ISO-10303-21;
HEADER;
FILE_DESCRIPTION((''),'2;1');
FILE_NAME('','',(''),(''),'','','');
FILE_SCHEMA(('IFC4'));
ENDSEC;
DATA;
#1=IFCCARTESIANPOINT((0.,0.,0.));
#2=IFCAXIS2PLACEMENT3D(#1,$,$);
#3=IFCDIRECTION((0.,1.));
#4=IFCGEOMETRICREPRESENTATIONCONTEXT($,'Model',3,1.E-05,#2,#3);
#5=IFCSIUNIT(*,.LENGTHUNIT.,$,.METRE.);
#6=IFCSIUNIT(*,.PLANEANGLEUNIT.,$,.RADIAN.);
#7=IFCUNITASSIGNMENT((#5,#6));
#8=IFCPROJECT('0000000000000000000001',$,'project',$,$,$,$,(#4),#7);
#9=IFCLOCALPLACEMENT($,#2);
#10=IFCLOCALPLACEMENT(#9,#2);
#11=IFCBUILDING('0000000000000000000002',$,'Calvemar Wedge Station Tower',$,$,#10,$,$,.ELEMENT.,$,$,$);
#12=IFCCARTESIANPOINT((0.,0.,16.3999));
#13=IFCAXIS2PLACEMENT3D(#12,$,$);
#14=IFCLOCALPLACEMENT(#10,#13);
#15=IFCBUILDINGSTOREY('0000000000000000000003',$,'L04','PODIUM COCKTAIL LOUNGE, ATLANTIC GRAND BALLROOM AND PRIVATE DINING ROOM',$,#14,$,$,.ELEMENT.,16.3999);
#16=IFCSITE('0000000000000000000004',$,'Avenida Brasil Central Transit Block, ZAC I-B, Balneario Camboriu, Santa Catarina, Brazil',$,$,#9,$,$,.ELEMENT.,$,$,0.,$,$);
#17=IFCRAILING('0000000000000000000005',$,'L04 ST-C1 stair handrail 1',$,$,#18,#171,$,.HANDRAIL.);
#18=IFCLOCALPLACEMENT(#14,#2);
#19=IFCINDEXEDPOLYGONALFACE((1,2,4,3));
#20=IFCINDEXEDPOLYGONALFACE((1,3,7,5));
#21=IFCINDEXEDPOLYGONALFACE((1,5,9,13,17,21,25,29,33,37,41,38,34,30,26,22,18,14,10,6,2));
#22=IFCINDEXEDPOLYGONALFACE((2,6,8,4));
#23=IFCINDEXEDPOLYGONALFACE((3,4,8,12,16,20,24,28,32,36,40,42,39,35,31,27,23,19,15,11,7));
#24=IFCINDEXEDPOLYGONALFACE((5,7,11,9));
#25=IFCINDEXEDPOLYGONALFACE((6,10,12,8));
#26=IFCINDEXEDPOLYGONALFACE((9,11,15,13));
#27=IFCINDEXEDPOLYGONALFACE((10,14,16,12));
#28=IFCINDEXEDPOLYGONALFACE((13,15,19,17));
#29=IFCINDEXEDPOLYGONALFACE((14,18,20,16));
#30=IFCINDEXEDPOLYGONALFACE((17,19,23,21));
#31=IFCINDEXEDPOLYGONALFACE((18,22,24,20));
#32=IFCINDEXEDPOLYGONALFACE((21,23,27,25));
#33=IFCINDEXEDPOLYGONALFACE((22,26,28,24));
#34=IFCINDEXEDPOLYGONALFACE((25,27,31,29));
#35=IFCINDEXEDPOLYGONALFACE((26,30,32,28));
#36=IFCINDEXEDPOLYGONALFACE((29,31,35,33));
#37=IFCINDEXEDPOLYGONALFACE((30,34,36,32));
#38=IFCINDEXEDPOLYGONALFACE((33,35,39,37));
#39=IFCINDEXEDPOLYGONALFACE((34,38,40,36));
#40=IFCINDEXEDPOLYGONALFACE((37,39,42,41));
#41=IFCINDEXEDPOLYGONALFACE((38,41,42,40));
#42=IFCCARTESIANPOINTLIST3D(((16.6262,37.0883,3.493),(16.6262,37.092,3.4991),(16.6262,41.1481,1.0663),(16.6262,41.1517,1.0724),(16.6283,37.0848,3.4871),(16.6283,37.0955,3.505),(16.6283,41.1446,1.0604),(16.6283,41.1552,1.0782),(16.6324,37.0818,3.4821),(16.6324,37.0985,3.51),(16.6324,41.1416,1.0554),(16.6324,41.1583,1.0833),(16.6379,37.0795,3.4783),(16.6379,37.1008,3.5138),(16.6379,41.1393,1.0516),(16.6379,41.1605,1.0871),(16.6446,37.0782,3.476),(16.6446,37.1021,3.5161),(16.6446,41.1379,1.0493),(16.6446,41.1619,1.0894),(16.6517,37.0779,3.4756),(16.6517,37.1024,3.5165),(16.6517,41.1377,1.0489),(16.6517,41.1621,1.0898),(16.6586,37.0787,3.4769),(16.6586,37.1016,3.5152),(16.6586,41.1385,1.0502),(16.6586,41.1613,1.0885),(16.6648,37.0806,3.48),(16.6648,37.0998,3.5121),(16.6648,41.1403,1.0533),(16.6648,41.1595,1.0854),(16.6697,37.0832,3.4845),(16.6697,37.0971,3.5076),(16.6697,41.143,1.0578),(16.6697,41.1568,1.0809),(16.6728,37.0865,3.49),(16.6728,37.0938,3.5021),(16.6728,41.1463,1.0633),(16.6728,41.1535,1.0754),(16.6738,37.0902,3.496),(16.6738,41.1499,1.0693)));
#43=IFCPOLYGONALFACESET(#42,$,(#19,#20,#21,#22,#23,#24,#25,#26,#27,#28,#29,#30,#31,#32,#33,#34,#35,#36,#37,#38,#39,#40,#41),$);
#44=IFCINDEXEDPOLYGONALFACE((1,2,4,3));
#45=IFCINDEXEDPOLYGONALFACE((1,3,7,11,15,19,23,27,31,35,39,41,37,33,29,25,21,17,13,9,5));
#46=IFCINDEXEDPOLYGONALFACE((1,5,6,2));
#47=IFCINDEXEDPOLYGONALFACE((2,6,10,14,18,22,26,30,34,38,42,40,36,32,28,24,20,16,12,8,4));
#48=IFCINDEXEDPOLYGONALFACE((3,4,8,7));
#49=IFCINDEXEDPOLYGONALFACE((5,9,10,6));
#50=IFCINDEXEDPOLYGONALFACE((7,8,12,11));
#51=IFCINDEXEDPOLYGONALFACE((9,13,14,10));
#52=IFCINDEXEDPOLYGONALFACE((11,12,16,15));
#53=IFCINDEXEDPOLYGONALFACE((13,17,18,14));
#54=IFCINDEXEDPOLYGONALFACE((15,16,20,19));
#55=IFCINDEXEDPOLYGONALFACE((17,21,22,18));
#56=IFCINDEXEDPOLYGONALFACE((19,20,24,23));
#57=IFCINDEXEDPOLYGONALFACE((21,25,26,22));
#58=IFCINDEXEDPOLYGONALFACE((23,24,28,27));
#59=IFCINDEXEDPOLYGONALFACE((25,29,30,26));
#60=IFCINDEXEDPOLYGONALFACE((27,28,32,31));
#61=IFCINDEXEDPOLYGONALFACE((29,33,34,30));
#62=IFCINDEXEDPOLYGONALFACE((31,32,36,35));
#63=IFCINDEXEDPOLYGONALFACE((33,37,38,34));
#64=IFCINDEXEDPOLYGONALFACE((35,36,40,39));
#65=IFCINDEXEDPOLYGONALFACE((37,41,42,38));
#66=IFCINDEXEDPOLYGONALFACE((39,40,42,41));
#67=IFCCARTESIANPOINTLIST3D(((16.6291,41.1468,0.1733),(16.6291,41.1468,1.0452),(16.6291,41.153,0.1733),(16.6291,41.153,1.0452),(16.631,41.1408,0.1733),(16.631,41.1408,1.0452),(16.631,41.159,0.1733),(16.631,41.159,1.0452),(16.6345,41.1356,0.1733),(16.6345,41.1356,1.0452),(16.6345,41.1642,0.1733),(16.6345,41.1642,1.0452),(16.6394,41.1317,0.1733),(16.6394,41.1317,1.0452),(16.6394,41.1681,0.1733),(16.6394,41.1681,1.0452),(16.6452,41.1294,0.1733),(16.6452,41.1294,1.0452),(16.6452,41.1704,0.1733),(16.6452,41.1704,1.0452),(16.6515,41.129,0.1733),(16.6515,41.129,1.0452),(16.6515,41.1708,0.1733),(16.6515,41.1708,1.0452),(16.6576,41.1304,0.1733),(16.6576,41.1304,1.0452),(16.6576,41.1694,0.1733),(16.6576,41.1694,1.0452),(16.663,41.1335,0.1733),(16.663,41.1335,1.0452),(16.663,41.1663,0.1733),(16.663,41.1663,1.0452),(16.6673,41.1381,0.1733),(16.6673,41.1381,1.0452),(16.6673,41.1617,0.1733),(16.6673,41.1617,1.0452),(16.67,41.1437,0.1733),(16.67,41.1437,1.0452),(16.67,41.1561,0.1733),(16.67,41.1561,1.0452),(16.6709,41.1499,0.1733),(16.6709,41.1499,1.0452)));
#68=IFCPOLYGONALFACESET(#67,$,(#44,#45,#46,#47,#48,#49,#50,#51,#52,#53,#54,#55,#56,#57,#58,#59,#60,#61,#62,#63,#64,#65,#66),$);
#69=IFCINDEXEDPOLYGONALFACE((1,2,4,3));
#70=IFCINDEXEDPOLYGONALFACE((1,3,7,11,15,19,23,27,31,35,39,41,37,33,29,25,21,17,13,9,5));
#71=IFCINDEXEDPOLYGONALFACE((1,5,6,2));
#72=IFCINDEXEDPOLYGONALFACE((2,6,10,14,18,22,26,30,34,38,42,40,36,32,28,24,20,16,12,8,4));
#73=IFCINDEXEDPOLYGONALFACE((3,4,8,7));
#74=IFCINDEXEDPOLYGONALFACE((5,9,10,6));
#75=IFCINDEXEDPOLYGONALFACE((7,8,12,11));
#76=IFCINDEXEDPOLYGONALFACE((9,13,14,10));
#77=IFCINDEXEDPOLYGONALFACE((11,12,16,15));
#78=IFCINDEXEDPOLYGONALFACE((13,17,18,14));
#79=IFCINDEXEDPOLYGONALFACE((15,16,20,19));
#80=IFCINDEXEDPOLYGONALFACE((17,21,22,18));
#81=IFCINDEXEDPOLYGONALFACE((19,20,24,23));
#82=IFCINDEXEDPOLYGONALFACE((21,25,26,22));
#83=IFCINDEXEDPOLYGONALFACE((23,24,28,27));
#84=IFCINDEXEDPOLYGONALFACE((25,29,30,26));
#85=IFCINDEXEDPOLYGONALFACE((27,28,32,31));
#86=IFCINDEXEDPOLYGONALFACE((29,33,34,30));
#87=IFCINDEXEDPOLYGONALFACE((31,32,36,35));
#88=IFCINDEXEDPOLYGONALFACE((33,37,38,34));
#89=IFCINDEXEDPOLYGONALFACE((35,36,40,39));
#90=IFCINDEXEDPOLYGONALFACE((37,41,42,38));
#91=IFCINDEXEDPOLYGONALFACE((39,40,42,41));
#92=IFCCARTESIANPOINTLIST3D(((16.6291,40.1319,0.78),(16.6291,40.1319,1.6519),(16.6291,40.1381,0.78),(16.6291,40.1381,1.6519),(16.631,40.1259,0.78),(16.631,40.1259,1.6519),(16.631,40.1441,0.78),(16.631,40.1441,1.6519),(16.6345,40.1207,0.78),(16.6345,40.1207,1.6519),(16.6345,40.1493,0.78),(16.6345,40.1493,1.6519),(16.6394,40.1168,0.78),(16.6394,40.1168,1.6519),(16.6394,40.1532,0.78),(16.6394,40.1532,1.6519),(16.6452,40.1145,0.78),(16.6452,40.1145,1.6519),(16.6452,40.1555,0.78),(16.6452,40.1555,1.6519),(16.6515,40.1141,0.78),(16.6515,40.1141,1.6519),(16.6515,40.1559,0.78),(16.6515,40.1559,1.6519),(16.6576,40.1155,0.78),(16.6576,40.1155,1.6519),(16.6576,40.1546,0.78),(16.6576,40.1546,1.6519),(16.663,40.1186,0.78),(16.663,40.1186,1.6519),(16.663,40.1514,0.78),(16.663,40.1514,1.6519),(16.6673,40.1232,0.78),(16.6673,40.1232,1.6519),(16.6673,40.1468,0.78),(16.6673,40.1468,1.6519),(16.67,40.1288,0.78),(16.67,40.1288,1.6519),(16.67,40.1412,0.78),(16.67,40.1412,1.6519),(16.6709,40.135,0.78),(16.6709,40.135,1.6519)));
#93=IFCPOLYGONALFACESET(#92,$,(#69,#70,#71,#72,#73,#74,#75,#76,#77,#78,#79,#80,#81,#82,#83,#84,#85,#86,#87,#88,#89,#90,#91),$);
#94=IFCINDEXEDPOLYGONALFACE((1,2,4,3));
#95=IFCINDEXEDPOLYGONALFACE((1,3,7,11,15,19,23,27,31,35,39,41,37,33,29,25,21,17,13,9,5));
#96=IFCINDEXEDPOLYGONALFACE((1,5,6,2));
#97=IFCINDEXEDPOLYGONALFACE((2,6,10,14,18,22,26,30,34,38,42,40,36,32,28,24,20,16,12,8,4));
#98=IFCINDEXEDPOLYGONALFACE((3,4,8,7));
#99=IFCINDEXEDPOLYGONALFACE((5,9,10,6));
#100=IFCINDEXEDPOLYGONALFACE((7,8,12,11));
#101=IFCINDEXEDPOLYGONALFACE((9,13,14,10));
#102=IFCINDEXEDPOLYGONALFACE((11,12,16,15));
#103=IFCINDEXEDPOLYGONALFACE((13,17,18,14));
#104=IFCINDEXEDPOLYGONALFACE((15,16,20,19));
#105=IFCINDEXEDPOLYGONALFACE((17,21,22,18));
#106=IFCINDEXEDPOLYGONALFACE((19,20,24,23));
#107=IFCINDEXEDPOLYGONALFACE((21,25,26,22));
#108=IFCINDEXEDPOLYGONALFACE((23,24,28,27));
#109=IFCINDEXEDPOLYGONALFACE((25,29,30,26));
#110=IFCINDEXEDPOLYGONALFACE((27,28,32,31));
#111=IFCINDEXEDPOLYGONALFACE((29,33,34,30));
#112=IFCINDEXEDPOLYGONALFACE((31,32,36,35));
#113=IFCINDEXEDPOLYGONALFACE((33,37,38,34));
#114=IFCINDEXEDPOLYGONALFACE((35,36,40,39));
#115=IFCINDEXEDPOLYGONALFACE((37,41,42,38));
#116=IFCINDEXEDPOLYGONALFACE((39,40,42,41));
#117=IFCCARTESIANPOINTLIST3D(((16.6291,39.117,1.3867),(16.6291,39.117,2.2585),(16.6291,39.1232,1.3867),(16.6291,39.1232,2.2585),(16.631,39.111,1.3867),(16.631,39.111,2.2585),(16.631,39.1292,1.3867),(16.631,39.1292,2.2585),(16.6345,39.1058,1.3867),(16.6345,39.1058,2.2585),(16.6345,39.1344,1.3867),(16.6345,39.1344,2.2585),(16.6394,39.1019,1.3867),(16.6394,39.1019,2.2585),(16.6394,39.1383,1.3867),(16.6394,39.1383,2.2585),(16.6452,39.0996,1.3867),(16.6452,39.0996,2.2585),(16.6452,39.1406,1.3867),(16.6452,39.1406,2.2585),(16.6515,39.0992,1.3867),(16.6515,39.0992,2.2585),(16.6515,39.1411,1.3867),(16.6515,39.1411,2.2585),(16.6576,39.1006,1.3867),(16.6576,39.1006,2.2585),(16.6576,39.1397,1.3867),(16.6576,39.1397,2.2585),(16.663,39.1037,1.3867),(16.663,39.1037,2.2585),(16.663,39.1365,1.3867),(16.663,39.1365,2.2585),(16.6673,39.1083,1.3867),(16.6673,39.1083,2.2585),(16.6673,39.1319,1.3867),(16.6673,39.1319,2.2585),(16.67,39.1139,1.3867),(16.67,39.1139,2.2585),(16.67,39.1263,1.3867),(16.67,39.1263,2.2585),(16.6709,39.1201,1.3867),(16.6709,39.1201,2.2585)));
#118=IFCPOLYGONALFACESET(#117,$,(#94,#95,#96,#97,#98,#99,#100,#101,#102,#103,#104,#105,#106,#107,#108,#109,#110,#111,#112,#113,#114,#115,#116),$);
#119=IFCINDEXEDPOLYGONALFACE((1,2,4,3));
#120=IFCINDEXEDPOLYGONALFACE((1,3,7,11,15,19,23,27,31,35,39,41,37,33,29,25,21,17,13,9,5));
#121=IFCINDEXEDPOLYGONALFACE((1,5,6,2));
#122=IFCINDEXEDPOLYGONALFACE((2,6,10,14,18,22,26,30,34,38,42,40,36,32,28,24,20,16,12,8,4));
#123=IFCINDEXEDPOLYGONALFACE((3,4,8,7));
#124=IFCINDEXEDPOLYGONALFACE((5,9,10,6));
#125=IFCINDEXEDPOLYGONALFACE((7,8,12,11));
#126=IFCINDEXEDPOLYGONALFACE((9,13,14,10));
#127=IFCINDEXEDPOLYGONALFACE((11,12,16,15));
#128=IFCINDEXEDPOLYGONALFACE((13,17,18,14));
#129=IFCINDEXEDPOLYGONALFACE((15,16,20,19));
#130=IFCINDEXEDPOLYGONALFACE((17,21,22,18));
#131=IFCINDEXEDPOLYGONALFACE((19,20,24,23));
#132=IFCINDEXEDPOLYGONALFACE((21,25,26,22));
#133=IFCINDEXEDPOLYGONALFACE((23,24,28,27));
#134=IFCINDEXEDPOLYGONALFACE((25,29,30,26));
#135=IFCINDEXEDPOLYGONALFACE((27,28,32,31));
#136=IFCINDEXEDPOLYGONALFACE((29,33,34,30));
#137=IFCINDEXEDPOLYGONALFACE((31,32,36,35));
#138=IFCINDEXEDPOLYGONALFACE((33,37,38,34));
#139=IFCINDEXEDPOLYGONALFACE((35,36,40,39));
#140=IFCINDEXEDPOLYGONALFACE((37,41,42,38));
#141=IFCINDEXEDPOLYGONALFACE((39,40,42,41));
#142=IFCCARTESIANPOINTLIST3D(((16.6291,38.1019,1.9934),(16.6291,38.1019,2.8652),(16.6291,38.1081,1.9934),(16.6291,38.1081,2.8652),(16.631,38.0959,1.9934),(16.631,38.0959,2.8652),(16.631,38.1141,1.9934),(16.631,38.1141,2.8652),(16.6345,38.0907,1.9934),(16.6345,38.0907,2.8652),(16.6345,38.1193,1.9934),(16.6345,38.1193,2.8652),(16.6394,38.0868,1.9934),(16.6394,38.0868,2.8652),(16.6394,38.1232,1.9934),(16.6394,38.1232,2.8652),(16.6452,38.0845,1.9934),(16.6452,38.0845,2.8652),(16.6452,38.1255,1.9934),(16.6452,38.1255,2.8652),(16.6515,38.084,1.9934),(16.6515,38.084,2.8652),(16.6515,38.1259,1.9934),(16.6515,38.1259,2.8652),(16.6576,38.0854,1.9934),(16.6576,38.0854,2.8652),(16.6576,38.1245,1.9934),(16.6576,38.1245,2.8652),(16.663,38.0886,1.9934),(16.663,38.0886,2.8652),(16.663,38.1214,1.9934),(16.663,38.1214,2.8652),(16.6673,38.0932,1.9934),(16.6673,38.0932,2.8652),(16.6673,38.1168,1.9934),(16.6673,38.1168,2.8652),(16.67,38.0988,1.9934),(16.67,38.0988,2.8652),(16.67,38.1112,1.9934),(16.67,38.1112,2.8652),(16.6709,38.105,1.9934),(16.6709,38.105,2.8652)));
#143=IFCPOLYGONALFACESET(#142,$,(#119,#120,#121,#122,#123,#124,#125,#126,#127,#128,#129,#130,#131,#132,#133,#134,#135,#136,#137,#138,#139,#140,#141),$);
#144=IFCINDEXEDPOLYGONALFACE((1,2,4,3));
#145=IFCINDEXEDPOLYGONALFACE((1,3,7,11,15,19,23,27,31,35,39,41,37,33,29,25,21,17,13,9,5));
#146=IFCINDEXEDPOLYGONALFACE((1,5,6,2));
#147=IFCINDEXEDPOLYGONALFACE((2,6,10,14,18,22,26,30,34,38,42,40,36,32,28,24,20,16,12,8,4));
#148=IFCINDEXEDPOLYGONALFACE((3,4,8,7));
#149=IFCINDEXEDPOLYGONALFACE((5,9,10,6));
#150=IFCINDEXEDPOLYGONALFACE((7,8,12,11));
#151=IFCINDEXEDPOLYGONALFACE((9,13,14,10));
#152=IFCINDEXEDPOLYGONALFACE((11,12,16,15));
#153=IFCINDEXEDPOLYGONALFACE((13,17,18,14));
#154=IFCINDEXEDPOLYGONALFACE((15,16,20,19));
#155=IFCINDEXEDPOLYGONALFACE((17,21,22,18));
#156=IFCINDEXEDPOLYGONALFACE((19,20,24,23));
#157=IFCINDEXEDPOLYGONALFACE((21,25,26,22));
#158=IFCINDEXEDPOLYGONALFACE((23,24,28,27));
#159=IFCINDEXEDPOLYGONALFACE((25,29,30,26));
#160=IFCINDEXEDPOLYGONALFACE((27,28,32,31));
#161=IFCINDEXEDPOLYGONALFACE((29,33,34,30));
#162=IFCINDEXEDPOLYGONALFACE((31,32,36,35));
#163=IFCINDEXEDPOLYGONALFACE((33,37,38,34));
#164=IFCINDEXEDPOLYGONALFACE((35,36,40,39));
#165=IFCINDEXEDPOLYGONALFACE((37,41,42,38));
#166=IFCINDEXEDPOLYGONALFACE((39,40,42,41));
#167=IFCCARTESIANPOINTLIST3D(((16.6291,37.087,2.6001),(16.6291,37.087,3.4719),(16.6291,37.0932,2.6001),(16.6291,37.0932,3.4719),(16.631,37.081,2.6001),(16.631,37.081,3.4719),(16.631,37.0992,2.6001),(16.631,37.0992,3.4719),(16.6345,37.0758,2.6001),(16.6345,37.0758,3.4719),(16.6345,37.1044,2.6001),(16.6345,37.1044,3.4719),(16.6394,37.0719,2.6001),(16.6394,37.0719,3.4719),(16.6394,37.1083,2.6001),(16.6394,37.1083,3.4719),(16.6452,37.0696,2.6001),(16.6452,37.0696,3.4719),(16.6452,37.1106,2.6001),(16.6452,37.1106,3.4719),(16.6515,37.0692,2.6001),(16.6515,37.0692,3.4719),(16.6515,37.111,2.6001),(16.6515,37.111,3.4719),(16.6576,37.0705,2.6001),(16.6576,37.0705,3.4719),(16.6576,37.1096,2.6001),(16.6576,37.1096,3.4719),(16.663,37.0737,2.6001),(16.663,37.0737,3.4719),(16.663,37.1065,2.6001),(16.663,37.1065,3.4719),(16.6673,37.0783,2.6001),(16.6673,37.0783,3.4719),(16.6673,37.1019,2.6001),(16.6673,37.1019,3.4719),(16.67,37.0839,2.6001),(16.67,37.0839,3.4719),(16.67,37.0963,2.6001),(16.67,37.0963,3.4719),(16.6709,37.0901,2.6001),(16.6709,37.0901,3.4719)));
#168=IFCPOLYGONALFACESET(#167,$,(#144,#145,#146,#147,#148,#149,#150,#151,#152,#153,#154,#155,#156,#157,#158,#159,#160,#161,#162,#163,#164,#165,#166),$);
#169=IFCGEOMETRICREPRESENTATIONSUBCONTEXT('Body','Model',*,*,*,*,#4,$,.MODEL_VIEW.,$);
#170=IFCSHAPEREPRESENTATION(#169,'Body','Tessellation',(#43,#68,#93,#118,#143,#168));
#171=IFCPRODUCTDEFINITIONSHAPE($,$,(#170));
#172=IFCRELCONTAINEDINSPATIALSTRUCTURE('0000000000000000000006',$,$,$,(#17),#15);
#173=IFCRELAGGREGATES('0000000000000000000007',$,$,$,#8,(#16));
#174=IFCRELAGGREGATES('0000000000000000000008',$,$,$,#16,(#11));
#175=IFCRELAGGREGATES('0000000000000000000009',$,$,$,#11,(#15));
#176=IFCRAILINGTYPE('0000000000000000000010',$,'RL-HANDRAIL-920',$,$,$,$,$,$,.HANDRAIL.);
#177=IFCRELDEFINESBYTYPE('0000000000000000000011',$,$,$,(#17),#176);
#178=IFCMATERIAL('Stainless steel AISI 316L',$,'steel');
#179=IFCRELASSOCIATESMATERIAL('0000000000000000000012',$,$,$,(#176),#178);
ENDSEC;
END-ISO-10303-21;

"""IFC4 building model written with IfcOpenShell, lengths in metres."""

from ifc_helpers import new_model, si_unit, direction, frame, origin, origin_2d, place, context, subcontext, project, spatial, circle, extrude, material, type_object, element, save


model = new_model("IFC4")

# Units and contexts
model_context = context("Model", 3, precision=1e-05, world=origin(), true_north=direction((0.0, 1.0)))
body_context = subcontext(model_context, "Body", "Model", "MODEL_VIEW")
ifc_project = project(units=[si_unit("LENGTHUNIT", "METRE"), si_unit("PLANEANGLEUNIT", "RADIAN")], contexts=[model_context])

# Site, building, storey
site_placement = place(None, origin())
site = spatial("IfcSite", under=ifc_project, at=site_placement, Name="Avenida Brasil Central Transit Block, ZAC I-B, Balneario Camboriu, Santa Catarina, Brazil", CompositionType="ELEMENT", RefElevation=0.0)
building_placement = place(site_placement, origin())
building = spatial("IfcBuilding", under=site, at=building_placement, Name="Calvemar Wedge Station Tower", CompositionType="ELEMENT")
storey_placement = place(building_placement, frame((0.0, 0.0, 16.3999)))
storey = spatial("IfcBuildingStorey", under=building, at=storey_placement, Name="L04", Description="PODIUM COCKTAIL LOUNGE, ATLANTIC GRAND BALLROOM AND PRIVATE DINING ROOM", CompositionType="ELEMENT", Elevation=16.3999)

# Railing
ifc_material_1 = material(Name="Stainless steel AISI 316L", Category="steel")
railing_type_1 = type_object("IfcRailingType", Name="RL-HANDRAIL-920", PredefinedType="HANDRAIL", material=ifc_material_1)
railing_1_placement = place(storey_placement, frame((16.6499, 41.1499, 0.1733)))
element("IfcRailing", 1, at=railing_1_placement, inside=storey, type_object=railing_type_1, Name="L04 ST-C1 stair handrail 1", PredefinedType="HANDRAIL", context=body_context, shape_type="SweptSolid", body=[
    extrude(circle(Radius=0.0239, at=origin_2d()), frame((0.0, 0.0, 0.896), z_axis=(0.0, -0.858343, 0.513076), x_axis=(1.0, 0.0, 0.0)), (0.0, 0.0, 1.0), 4.7297),
    extrude(circle(Radius=0.021, at=origin_2d()), origin(), (0.0, 0.0, 1.0), 0.8718),
    extrude(circle(Radius=0.021, at=origin_2d()), frame((0.0, -1.0149, 0.6067)), (0.0, 0.0, 1.0), 0.8718),
    extrude(circle(Radius=0.021, at=origin_2d()), frame((0.0, -2.0298, 1.2134)), (0.0, 0.0, 1.0), 0.8718),
    extrude(circle(Radius=0.021, at=origin_2d()), frame((0.0, -3.0449, 1.8201)), (0.0, 0.0, 1.0), 0.8718),
    extrude(circle(Radius=0.021, at=origin_2d()), frame((0.0, -4.0598, 2.4268)), (0.0, 0.0, 1.0), 0.8718),
])

save(model, "model.ifc")
